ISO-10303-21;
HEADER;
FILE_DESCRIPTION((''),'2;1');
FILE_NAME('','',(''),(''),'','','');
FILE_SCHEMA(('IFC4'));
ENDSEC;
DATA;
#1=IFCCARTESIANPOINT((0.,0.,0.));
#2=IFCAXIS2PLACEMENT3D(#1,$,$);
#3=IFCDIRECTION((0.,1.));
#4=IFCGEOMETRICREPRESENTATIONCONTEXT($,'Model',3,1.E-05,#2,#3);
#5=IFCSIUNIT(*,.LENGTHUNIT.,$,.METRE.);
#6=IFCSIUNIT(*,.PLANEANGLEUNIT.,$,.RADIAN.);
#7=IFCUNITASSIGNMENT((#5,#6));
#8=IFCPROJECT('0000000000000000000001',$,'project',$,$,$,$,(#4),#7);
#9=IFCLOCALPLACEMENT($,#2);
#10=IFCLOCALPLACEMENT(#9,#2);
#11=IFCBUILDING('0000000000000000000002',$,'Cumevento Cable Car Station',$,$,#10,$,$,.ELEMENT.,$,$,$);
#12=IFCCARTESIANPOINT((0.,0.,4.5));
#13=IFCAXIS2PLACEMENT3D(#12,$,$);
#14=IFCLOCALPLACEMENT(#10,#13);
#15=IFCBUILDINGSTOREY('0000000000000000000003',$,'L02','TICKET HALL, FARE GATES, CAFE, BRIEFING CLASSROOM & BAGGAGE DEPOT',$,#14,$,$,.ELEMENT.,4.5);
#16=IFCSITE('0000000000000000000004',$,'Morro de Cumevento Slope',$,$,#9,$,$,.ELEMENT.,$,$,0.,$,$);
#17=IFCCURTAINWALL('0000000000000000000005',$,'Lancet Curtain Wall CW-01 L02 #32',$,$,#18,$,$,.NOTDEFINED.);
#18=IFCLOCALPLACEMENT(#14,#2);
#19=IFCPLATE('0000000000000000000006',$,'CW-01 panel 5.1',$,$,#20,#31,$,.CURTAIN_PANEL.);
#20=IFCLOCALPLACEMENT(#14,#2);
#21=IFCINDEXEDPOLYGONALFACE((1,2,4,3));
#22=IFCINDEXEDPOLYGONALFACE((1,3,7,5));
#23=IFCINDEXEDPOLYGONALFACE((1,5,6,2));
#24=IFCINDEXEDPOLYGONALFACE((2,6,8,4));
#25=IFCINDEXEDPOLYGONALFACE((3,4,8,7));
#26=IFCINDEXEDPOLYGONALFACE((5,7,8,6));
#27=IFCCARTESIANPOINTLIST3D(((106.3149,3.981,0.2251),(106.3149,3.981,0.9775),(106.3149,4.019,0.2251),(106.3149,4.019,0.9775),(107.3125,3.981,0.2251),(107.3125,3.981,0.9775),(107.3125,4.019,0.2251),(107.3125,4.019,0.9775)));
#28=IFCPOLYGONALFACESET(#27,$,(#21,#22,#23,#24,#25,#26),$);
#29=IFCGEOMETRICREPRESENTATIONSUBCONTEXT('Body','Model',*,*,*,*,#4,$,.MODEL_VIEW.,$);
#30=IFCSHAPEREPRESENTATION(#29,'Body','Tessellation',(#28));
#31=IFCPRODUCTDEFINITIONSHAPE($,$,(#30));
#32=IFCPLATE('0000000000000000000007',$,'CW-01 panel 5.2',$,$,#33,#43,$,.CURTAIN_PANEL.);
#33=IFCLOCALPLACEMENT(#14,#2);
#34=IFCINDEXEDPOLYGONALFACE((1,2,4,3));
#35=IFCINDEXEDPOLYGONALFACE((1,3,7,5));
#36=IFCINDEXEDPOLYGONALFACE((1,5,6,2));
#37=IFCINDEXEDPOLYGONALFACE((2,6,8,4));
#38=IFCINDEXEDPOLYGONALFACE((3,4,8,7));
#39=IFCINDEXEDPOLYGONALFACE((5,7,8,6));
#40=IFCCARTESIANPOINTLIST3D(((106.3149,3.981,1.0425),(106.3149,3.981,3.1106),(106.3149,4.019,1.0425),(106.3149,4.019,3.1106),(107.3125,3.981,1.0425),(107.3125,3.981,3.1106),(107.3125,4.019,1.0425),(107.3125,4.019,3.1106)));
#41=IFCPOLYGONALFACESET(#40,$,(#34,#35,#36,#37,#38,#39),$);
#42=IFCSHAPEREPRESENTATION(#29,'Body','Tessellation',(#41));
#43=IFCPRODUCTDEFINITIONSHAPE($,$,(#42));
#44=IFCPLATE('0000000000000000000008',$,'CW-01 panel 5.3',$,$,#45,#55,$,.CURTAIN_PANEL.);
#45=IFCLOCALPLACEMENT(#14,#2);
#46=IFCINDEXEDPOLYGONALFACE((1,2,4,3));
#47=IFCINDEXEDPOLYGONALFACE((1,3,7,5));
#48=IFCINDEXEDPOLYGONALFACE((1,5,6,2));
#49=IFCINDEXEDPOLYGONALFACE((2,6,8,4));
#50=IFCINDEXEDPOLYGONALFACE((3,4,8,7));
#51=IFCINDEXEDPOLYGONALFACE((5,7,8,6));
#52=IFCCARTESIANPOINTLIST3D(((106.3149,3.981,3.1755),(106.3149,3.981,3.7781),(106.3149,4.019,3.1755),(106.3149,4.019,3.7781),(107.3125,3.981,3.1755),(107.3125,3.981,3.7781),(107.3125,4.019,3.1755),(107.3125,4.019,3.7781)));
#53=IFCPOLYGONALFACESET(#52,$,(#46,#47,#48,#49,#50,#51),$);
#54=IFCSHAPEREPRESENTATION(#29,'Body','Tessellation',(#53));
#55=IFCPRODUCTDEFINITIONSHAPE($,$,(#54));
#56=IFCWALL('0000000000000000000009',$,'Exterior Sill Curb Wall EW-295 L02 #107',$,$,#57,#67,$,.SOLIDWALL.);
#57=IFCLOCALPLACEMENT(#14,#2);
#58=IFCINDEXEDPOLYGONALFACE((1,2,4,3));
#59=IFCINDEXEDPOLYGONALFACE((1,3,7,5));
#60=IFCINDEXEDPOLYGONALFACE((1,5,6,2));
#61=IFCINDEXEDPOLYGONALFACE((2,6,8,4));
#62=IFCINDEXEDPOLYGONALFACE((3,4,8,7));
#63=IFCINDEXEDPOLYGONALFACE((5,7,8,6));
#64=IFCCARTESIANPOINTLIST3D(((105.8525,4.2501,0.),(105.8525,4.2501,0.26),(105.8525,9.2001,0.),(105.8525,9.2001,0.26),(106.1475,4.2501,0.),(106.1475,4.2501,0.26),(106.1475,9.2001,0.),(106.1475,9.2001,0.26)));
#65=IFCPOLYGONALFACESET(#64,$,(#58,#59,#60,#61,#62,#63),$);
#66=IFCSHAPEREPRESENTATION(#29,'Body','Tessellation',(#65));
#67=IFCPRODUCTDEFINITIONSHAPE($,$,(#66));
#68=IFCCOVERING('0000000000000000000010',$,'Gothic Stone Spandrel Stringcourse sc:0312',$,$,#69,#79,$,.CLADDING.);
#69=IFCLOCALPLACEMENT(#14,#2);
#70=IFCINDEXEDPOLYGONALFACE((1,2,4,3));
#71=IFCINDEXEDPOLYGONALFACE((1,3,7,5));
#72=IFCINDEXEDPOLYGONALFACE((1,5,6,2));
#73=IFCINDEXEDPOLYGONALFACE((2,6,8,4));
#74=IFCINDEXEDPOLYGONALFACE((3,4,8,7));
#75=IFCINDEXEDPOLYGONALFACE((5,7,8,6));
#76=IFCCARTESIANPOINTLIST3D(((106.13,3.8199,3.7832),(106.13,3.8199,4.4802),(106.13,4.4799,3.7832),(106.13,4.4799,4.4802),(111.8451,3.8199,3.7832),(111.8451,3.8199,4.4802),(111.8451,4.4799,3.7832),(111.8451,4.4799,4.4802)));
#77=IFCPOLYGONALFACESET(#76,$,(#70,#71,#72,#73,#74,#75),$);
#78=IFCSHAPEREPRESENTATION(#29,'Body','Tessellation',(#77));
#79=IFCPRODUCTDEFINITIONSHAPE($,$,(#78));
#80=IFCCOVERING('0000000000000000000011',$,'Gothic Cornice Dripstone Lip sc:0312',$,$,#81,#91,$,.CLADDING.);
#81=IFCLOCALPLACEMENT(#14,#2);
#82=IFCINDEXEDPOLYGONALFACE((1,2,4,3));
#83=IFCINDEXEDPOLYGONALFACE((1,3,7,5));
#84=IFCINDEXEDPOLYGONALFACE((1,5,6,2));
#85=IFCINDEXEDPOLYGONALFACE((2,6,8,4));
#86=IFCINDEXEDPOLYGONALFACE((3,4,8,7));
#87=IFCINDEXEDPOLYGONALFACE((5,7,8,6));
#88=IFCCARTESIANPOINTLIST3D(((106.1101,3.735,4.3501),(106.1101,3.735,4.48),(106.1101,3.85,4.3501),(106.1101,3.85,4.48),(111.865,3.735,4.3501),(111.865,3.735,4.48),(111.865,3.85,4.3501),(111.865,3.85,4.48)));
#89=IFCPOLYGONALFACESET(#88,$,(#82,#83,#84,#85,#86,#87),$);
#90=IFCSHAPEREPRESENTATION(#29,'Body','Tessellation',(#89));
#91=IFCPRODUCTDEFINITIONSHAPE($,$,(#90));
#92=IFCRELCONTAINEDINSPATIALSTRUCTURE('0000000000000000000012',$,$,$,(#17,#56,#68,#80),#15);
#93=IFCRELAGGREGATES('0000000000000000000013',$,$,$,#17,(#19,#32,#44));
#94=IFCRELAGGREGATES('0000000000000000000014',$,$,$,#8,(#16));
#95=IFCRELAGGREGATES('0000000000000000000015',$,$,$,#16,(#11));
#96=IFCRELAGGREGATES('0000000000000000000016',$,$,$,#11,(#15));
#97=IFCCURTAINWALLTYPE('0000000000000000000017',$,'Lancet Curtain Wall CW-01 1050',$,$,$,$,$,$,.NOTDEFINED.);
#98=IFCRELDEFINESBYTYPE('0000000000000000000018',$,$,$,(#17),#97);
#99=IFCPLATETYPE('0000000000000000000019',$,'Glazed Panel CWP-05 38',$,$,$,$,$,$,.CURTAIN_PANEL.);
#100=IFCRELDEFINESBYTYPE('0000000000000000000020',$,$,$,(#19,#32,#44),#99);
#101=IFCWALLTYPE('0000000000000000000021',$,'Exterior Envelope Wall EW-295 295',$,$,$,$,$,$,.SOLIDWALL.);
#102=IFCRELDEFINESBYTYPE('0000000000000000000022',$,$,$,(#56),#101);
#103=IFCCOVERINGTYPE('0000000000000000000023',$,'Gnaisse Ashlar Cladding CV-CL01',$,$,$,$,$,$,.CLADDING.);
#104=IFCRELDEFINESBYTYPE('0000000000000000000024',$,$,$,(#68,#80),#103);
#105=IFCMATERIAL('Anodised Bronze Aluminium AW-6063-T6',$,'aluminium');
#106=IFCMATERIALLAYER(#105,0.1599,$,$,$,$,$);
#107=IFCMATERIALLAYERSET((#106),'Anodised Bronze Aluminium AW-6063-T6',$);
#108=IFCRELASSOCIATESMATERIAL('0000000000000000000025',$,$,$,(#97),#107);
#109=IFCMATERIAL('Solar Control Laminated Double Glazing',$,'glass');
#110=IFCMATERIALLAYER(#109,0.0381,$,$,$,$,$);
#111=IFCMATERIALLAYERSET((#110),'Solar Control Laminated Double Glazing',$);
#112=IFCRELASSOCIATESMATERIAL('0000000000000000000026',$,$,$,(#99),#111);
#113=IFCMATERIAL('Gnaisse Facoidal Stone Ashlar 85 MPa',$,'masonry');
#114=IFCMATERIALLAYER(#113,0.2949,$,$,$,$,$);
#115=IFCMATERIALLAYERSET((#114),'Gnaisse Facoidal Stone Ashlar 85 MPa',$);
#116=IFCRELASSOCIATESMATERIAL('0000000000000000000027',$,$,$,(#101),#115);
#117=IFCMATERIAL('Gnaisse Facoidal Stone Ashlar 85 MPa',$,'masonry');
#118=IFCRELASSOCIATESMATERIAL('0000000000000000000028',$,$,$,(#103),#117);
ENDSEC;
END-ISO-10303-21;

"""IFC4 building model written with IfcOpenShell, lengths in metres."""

from ifc_helpers import new_model, si_unit, direction, frame, frame_2d, origin, origin_2d, place, context, subcontext, project, spatial, rectangle, extrude, material, layer, layer_set, type_object, element, aggregate, save


model = new_model("IFC4")

# Units and contexts
model_context = context("Model", 3, precision=1e-05, world=origin(), true_north=direction((0.0, 1.0)))
body_context = subcontext(model_context, "Body", "Model", "MODEL_VIEW")
ifc_project = project(units=[si_unit("LENGTHUNIT", "METRE"), si_unit("PLANEANGLEUNIT", "RADIAN")], contexts=[model_context])

# Site, building, storey
site_placement = place(None, origin())
site = spatial("IfcSite", under=ifc_project, at=site_placement, Name="Morro de Cumevento Slope", CompositionType="ELEMENT", RefElevation=0.0)
building_placement = place(site_placement, origin())
building = spatial("IfcBuilding", under=site, at=building_placement, Name="Cumevento Cable Car Station", CompositionType="ELEMENT")
storey_placement = place(building_placement, frame((0.0, 0.0, 4.5)))
storey = spatial("IfcBuildingStorey", under=building, at=storey_placement, Name="L02", Description="TICKET HALL, FARE GATES, CAFE, BRIEFING CLASSROOM & BAGGAGE DEPOT", CompositionType="ELEMENT", Elevation=4.5)

# Curtain wall
ifc_material_1 = material(Name="Anodised Bronze Aluminium AW-6063-T6", Category="aluminium")
ifc_layer_1 = layer(ifc_material_1, 0.1599)
ifc_layer_set_1 = layer_set([ifc_layer_1], Name="Anodised Bronze Aluminium AW-6063-T6")
curtain_wall_type_1 = type_object("IfcCurtainWallType", Name="Lancet Curtain Wall CW-01 1050", PredefinedType="NOTDEFINED", material=ifc_layer_set_1)
curtain_wall_1_placement = place(storey_placement, origin())
curtain_wall_1 = element("IfcCurtainWall", 1, at=curtain_wall_1_placement, inside=storey, type_object=curtain_wall_type_1, Name="Lancet Curtain Wall CW-01 L02 #32", PredefinedType="NOTDEFINED")

# Plates
ifc_material_2 = material(Name="Solar Control Laminated Double Glazing", Category="glass")
ifc_layer_2 = layer(ifc_material_2, 0.0381)
ifc_layer_set_2 = layer_set([ifc_layer_2], Name="Solar Control Laminated Double Glazing")
plate_type = type_object("IfcPlateType", Name="Glazed Panel CWP-05 38", PredefinedType="CURTAIN_PANEL", material=ifc_layer_set_2)
plate_1_placement = place(storey_placement, frame((106.8137, 4.0, 0.2251), z_axis=(0.0, 0.0, 1.0), x_axis=(-1.0, 0.0, 0.0)))
plate_1 = element("IfcPlate", 2, at=plate_1_placement, type_object=plate_type, Name="CW-01 panel 5.1", PredefinedType="CURTAIN_PANEL", context=body_context, shape_type="SweptSolid", body=[
    extrude(rectangle(XDim=0.9976, YDim=0.0381, at=origin_2d()), origin(), (0.0, 0.0, 1.0), 0.7524),
])
plate_2_placement = place(storey_placement, frame((106.8137, 4.0, 1.0425), z_axis=(0.0, 0.0, 1.0), x_axis=(-1.0, 0.0, 0.0)))
plate_2 = element("IfcPlate", 3, at=plate_2_placement, type_object=plate_type, Name="CW-01 panel 5.2", PredefinedType="CURTAIN_PANEL", context=body_context, shape_type="SweptSolid", body=[
    extrude(rectangle(XDim=0.9976, YDim=0.0381, at=origin_2d()), origin(), (0.0, 0.0, 1.0), 2.0681),
])
plate_3_placement = place(storey_placement, frame((106.8137, 4.0, 3.1755), z_axis=(0.0, 0.0, 1.0), x_axis=(-1.0, 0.0, 0.0)))
plate_3 = element("IfcPlate", 4, at=plate_3_placement, type_object=plate_type, Name="CW-01 panel 5.3", PredefinedType="CURTAIN_PANEL", context=body_context, shape_type="SweptSolid", body=[
    extrude(rectangle(XDim=0.9976, YDim=0.0381, at=origin_2d()), origin(), (0.0, 0.0, 1.0), 0.6025),
])
aggregate(curtain_wall_1, [plate_1, plate_2, plate_3])

# Wall
ifc_material_3 = material(Name="Gnaisse Facoidal Stone Ashlar 85 MPa", Category="masonry")
ifc_layer_3 = layer(ifc_material_3, 0.2949)
ifc_layer_set_3 = layer_set([ifc_layer_3], Name="Gnaisse Facoidal Stone Ashlar 85 MPa")
wall_type = type_object("IfcWallType", Name="Exterior Envelope Wall EW-295 295", PredefinedType="SOLIDWALL", material=ifc_layer_set_3)
wall_placement = place(storey_placement, frame((106.0, 4.25, 0.0), z_axis=(0.0, 0.0, 1.0), x_axis=(0.0, 1.0, 0.0)))
element("IfcWall", 5, at=wall_placement, inside=storey, type_object=wall_type, Name="Exterior Sill Curb Wall EW-295 L02 #107", PredefinedType="SOLIDWALL", context=body_context, shape_type="SweptSolid", body=[
    extrude(rectangle(XDim=4.95, YDim=0.2949, at=frame_2d((2.4751, 0.0))), origin(), (0.0, 0.0, 1.0), 0.26),
])

# Coverings
ifc_material_4 = material(Name="Gnaisse Facoidal Stone Ashlar 85 MPa", Category="masonry")
covering_type = type_object("IfcCoveringType", Name="Gnaisse Ashlar Cladding CV-CL01", PredefinedType="CLADDING", material=ifc_material_4)
covering_1_placement = place(storey_placement, frame((108.9875, 4.1499, 3.7832), z_axis=(0.0, 0.0, 1.0), x_axis=(-1.0, 0.0, 0.0)))
element("IfcCovering", 6, at=covering_1_placement, inside=storey, type_object=covering_type, Name="Gothic Stone Spandrel Stringcourse sc:0312", PredefinedType="CLADDING", context=body_context, shape_type="SweptSolid", body=[
    extrude(rectangle(XDim=5.7151, YDim=0.6599, at=origin_2d()), origin(), (0.0, 0.0, 1.0), 0.697),
])
covering_2_placement = place(storey_placement, frame((108.9875, 3.7925, 4.3501), z_axis=(0.0, 0.0, 1.0), x_axis=(-1.0, 0.0, 0.0)))
element("IfcCovering", 7, at=covering_2_placement, inside=storey, type_object=covering_type, Name="Gothic Cornice Dripstone Lip sc:0312", PredefinedType="CLADDING", context=body_context, shape_type="SweptSolid", body=[
    extrude(rectangle(XDim=5.7549, YDim=0.115, at=origin_2d()), origin(), (0.0, 0.0, 1.0), 0.1299),
])

save(model, "model.ifc")
